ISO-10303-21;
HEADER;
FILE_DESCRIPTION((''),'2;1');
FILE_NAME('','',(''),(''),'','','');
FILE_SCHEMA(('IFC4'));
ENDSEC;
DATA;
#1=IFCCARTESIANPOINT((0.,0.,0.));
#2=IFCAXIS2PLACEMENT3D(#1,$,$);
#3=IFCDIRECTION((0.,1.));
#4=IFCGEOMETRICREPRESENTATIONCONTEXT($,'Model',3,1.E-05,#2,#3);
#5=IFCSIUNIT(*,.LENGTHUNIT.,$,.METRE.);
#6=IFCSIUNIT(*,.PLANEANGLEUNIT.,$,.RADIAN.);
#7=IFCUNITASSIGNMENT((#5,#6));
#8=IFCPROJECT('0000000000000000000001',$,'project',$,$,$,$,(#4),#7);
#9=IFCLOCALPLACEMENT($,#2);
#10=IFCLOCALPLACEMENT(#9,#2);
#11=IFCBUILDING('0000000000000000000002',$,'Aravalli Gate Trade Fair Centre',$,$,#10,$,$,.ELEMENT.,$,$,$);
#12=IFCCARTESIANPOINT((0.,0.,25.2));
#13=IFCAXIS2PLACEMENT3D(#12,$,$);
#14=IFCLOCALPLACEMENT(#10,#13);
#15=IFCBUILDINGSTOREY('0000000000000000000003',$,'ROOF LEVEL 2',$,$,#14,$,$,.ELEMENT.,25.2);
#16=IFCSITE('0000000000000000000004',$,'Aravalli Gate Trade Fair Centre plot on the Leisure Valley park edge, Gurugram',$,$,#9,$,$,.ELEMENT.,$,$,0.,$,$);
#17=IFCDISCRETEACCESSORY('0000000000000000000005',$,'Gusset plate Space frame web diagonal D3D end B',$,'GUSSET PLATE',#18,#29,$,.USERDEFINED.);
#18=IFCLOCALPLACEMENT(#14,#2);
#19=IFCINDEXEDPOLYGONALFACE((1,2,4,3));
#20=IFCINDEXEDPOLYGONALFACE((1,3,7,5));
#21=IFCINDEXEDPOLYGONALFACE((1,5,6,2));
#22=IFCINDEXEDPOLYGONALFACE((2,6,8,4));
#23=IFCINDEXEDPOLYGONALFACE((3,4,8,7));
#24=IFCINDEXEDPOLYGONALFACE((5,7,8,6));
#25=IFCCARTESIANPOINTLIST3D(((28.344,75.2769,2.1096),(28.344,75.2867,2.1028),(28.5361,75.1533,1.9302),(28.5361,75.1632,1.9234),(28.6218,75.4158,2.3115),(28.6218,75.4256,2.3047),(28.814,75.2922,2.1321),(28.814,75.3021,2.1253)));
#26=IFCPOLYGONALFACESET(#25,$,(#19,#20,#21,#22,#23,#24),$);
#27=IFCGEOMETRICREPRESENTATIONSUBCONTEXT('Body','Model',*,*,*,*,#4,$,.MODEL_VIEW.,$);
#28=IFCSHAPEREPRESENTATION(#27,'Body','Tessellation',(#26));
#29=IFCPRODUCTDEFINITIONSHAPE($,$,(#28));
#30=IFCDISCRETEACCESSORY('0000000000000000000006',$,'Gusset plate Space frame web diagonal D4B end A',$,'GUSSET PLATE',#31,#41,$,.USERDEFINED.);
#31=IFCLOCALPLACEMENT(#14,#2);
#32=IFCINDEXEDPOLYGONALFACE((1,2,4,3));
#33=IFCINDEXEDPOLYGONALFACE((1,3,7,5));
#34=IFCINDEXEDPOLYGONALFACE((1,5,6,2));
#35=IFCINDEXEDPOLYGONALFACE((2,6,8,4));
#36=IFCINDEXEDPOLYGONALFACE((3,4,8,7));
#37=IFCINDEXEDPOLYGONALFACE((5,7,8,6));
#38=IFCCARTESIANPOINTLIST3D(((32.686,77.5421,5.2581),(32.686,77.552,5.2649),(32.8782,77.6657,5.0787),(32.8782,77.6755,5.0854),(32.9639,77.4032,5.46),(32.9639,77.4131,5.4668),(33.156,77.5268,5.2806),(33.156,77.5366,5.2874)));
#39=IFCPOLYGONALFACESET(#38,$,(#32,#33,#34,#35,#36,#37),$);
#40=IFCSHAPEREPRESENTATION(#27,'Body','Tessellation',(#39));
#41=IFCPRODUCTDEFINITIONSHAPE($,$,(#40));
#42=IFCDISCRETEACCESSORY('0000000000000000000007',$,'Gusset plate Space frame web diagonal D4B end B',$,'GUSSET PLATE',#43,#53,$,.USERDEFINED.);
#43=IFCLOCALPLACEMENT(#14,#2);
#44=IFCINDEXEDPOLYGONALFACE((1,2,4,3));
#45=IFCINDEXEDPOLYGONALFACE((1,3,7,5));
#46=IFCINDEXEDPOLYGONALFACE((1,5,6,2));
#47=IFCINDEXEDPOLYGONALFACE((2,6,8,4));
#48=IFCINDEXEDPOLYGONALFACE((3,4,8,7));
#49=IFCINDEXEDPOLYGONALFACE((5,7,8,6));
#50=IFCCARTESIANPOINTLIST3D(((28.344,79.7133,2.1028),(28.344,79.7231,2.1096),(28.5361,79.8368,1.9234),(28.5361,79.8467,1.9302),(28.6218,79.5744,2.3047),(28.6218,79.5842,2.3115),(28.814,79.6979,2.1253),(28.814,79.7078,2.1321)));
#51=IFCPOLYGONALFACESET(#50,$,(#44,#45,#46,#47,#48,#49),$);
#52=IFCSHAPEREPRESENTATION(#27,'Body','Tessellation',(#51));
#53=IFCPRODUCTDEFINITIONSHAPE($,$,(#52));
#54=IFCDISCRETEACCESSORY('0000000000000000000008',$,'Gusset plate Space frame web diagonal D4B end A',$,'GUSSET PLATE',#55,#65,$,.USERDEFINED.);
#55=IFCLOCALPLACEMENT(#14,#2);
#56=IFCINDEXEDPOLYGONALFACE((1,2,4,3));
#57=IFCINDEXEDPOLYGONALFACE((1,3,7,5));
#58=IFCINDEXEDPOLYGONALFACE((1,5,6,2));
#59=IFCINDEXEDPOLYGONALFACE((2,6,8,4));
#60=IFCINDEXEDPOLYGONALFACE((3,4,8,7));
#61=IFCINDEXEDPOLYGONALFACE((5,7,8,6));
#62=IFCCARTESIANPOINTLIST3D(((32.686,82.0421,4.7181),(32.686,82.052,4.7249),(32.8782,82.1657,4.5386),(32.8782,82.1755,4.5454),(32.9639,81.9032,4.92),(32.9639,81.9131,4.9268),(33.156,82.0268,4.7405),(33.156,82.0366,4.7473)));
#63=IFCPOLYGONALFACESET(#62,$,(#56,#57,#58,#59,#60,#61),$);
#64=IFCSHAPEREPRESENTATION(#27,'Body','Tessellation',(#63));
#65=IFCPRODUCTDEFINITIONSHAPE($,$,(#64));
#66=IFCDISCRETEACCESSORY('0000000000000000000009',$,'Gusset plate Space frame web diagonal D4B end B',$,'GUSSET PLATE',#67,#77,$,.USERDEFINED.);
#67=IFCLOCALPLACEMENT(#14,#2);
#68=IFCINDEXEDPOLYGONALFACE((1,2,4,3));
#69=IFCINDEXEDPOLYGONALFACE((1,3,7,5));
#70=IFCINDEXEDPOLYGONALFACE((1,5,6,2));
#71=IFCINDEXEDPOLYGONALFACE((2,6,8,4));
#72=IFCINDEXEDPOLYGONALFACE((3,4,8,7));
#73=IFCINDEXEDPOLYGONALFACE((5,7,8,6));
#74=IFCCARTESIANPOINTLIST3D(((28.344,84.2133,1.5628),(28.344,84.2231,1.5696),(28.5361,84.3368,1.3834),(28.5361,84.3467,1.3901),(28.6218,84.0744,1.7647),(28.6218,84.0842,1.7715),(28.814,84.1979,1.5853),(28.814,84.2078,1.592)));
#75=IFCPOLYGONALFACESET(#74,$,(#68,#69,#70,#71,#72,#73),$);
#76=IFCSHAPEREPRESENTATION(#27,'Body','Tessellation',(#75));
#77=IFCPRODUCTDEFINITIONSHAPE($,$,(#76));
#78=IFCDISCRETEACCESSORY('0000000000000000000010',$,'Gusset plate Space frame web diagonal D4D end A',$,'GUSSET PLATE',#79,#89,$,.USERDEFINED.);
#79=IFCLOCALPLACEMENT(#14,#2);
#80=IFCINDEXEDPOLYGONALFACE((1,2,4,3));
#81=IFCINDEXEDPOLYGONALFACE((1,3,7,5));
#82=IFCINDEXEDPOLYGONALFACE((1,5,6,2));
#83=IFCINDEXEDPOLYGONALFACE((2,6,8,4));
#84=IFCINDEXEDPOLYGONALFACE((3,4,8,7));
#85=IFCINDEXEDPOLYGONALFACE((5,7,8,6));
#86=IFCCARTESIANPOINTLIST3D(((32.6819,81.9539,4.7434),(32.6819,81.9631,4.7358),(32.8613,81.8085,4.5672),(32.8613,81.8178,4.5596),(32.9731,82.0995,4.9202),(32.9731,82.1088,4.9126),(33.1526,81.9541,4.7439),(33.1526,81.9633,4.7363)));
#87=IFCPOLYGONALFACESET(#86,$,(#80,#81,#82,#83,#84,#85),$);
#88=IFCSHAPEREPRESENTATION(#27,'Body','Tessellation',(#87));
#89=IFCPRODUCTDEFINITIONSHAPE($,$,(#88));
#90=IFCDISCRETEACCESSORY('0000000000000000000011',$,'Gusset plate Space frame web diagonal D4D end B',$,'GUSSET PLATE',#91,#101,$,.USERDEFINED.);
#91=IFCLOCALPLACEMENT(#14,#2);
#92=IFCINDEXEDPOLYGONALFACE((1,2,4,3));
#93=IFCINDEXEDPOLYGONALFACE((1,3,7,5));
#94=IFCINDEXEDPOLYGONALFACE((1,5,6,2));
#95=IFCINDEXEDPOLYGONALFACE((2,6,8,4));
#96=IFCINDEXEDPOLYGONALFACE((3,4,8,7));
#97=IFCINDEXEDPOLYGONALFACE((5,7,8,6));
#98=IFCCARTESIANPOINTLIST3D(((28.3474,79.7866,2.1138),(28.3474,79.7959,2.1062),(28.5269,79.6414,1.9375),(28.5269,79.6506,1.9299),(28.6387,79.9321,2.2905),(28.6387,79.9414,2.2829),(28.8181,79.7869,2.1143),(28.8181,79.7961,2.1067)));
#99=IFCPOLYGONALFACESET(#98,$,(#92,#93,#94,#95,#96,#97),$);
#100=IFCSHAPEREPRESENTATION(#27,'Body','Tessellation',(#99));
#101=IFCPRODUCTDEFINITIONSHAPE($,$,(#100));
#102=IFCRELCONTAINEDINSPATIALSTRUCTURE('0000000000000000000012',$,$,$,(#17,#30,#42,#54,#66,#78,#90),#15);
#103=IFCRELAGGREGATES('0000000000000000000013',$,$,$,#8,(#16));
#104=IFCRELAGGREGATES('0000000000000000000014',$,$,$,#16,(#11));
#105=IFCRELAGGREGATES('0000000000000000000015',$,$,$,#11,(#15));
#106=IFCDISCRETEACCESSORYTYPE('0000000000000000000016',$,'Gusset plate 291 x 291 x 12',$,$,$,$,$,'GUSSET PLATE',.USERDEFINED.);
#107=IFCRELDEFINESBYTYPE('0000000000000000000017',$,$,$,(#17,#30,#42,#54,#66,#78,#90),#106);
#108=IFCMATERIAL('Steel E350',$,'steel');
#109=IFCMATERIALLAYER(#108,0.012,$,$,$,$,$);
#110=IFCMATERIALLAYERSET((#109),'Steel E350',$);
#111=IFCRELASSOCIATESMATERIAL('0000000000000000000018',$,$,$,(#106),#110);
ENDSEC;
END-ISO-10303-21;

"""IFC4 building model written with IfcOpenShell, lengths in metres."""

from ifc_helpers import new_model, si_unit, direction, frame, origin, place, context, subcontext, project, spatial, polyline, outline, extrude, material, layer, layer_set, type_object, element, save


model = new_model("IFC4")

# Units and contexts
model_context = context("Model", 3, precision=1e-05, world=origin(), true_north=direction((0.0, 1.0)))
body_context = subcontext(model_context, "Body", "Model", "MODEL_VIEW")
ifc_project = project(units=[si_unit("LENGTHUNIT", "METRE"), si_unit("PLANEANGLEUNIT", "RADIAN")], contexts=[model_context])

# Site, building, storey
site_placement = place(None, origin())
site = spatial("IfcSite", under=ifc_project, at=site_placement, Name="Aravalli Gate Trade Fair Centre plot on the Leisure Valley park edge, Gurugram", CompositionType="ELEMENT", RefElevation=0.0)
building_placement = place(site_placement, origin())
building = spatial("IfcBuilding", under=site, at=building_placement, Name="Aravalli Gate Trade Fair Centre", CompositionType="ELEMENT")
storey_placement = place(building_placement, frame((0.0, 0.0, 25.2)))
storey = spatial("IfcBuildingStorey", under=building, at=storey_placement, Name="ROOF LEVEL 2", CompositionType="ELEMENT", Elevation=25.2)

# Shared definitions
ifc_material_1 = material(Name="Steel E350", Category="steel")

# Discrete accessories
ifc_layer_1 = layer(ifc_material_1, 0.012)
ifc_layer_set_1 = layer_set([ifc_layer_1], Name="Steel E350")
discrete_accessory_type = type_object("IfcDiscreteAccessoryType", Name="Gusset plate 291 x 291 x 12", ElementType="GUSSET PLATE", PredefinedType="USERDEFINED", material=ifc_layer_set_1)
discrete_accessory_1_placement = place(storey_placement, frame((28.6218, 75.4158, 2.3115), z_axis=(-0.000137, -0.82375, 0.566952), x_axis=(-0.749929, -0.374965, -0.544984)))
element("IfcDiscreteAccessory", 1, at=discrete_accessory_1_placement, inside=storey, type_object=discrete_accessory_type, Name="Gusset plate Space frame web diagonal D3D end B", ObjectType="GUSSET PLATE", PredefinedType="USERDEFINED", context=body_context, shape_type="SweptSolid", body=[
    extrude(outline(polyline([(0.0, 0.0), (0.3705, 0.0), (0.3705, 0.2905), (0.0, 0.2905), (0.0, 0.0)])), origin(), (0.0, 0.0, -1.0), 0.012),
])
discrete_accessory_2_placement = place(storey_placement, frame((32.686, 77.552, 5.2649), z_axis=(-0.000137, 0.82375, 0.566952), x_axis=(0.749929, -0.374965, 0.544984)))
element("IfcDiscreteAccessory", 2, at=discrete_accessory_2_placement, inside=storey, type_object=discrete_accessory_type, Name="Gusset plate Space frame web diagonal D4B end A", ObjectType="GUSSET PLATE", PredefinedType="USERDEFINED", context=body_context, shape_type="SweptSolid", body=[
    extrude(outline(polyline([(0.0, 0.0), (0.3705, 0.0), (0.3705, 0.2905), (0.0, 0.2905), (0.0, 0.0)])), origin(), (0.0, 0.0, -1.0), 0.012),
])
discrete_accessory_3_placement = place(storey_placement, frame((28.6218, 79.5842, 2.3115), z_axis=(-0.000137, 0.82375, 0.566952), x_axis=(-0.749929, 0.374965, -0.544984)))
element("IfcDiscreteAccessory", 3, at=discrete_accessory_3_placement, inside=storey, type_object=discrete_accessory_type, Name="Gusset plate Space frame web diagonal D4B end B", ObjectType="GUSSET PLATE", PredefinedType="USERDEFINED", context=body_context, shape_type="SweptSolid", body=[
    extrude(outline(polyline([(0.0, 0.0), (0.3705, 0.0), (0.3705, -0.2905), (0.0, -0.2905), (0.0, 0.0)])), origin(), (0.0, 0.0, -1.0), 0.012),
])
discrete_accessory_4_placement = place(storey_placement, frame((32.686, 82.052, 4.7249), z_axis=(-0.000137, 0.82375, 0.566952), x_axis=(0.749929, -0.374965, 0.544984)))
element("IfcDiscreteAccessory", 4, at=discrete_accessory_4_placement, inside=storey, type_object=discrete_accessory_type, Name="Gusset plate Space frame web diagonal D4B end A", ObjectType="GUSSET PLATE", PredefinedType="USERDEFINED", context=body_context, shape_type="SweptSolid", body=[
    extrude(outline(polyline([(0.0, 0.0), (0.3705, 0.0), (0.3705, 0.2905), (0.0, 0.2905), (0.0, 0.0)])), origin(), (0.0, 0.0, -1.0), 0.012),
])
discrete_accessory_5_placement = place(storey_placement, frame((28.6218, 84.0842, 1.7715), z_axis=(-0.000137, 0.82375, 0.566952), x_axis=(-0.749929, 0.374965, -0.544984)))
element("IfcDiscreteAccessory", 5, at=discrete_accessory_5_placement, inside=storey, type_object=discrete_accessory_type, Name="Gusset plate Space frame web diagonal D4B end B", ObjectType="GUSSET PLATE", PredefinedType="USERDEFINED", context=body_context, shape_type="SweptSolid", body=[
    extrude(outline(polyline([(0.0, 0.0), (0.3705, 0.0), (0.3705, -0.2905), (0.0, -0.2905), (0.0, 0.0)])), origin(), (0.0, 0.0, -1.0), 0.012),
])
discrete_accessory_6_placement = place(storey_placement, frame((32.6819, 81.9539, 4.7434), z_axis=(-0.00026, -0.771582, 0.63613), x_axis=(0.785986, 0.393126, 0.477156)))
element("IfcDiscreteAccessory", 6, at=discrete_accessory_6_placement, inside=storey, type_object=discrete_accessory_type, Name="Gusset plate Space frame web diagonal D4D end A", ObjectType="GUSSET PLATE", PredefinedType="USERDEFINED", context=body_context, shape_type="SweptSolid", body=[
    extrude(outline(polyline([(0.0, 0.0), (0.3706, 0.0), (0.3703, -0.2906), (-0.0002, -0.2905), (0.0, 0.0)])), origin(), (0.0, 0.0, -1.0), 0.012),
])
discrete_accessory_7_placement = place(storey_placement, frame((28.6387, 79.9321, 2.2905), z_axis=(-0.000259, -0.771844, 0.635812), x_axis=(-0.78619, -0.392765, -0.477118)))
element("IfcDiscreteAccessory", 7, at=discrete_accessory_7_placement, inside=storey, type_object=discrete_accessory_type, Name="Gusset plate Space frame web diagonal D4D end B", ObjectType="GUSSET PLATE", PredefinedType="USERDEFINED", context=body_context, shape_type="SweptSolid", body=[
    extrude(outline(polyline([(0.0, 0.0), (0.3705, 0.0), (0.3705, 0.2905), (0.0001, 0.2905), (0.0, 0.0)])), origin(), (0.0, 0.0, -1.0), 0.012),
])

save(model, "model.ifc")
